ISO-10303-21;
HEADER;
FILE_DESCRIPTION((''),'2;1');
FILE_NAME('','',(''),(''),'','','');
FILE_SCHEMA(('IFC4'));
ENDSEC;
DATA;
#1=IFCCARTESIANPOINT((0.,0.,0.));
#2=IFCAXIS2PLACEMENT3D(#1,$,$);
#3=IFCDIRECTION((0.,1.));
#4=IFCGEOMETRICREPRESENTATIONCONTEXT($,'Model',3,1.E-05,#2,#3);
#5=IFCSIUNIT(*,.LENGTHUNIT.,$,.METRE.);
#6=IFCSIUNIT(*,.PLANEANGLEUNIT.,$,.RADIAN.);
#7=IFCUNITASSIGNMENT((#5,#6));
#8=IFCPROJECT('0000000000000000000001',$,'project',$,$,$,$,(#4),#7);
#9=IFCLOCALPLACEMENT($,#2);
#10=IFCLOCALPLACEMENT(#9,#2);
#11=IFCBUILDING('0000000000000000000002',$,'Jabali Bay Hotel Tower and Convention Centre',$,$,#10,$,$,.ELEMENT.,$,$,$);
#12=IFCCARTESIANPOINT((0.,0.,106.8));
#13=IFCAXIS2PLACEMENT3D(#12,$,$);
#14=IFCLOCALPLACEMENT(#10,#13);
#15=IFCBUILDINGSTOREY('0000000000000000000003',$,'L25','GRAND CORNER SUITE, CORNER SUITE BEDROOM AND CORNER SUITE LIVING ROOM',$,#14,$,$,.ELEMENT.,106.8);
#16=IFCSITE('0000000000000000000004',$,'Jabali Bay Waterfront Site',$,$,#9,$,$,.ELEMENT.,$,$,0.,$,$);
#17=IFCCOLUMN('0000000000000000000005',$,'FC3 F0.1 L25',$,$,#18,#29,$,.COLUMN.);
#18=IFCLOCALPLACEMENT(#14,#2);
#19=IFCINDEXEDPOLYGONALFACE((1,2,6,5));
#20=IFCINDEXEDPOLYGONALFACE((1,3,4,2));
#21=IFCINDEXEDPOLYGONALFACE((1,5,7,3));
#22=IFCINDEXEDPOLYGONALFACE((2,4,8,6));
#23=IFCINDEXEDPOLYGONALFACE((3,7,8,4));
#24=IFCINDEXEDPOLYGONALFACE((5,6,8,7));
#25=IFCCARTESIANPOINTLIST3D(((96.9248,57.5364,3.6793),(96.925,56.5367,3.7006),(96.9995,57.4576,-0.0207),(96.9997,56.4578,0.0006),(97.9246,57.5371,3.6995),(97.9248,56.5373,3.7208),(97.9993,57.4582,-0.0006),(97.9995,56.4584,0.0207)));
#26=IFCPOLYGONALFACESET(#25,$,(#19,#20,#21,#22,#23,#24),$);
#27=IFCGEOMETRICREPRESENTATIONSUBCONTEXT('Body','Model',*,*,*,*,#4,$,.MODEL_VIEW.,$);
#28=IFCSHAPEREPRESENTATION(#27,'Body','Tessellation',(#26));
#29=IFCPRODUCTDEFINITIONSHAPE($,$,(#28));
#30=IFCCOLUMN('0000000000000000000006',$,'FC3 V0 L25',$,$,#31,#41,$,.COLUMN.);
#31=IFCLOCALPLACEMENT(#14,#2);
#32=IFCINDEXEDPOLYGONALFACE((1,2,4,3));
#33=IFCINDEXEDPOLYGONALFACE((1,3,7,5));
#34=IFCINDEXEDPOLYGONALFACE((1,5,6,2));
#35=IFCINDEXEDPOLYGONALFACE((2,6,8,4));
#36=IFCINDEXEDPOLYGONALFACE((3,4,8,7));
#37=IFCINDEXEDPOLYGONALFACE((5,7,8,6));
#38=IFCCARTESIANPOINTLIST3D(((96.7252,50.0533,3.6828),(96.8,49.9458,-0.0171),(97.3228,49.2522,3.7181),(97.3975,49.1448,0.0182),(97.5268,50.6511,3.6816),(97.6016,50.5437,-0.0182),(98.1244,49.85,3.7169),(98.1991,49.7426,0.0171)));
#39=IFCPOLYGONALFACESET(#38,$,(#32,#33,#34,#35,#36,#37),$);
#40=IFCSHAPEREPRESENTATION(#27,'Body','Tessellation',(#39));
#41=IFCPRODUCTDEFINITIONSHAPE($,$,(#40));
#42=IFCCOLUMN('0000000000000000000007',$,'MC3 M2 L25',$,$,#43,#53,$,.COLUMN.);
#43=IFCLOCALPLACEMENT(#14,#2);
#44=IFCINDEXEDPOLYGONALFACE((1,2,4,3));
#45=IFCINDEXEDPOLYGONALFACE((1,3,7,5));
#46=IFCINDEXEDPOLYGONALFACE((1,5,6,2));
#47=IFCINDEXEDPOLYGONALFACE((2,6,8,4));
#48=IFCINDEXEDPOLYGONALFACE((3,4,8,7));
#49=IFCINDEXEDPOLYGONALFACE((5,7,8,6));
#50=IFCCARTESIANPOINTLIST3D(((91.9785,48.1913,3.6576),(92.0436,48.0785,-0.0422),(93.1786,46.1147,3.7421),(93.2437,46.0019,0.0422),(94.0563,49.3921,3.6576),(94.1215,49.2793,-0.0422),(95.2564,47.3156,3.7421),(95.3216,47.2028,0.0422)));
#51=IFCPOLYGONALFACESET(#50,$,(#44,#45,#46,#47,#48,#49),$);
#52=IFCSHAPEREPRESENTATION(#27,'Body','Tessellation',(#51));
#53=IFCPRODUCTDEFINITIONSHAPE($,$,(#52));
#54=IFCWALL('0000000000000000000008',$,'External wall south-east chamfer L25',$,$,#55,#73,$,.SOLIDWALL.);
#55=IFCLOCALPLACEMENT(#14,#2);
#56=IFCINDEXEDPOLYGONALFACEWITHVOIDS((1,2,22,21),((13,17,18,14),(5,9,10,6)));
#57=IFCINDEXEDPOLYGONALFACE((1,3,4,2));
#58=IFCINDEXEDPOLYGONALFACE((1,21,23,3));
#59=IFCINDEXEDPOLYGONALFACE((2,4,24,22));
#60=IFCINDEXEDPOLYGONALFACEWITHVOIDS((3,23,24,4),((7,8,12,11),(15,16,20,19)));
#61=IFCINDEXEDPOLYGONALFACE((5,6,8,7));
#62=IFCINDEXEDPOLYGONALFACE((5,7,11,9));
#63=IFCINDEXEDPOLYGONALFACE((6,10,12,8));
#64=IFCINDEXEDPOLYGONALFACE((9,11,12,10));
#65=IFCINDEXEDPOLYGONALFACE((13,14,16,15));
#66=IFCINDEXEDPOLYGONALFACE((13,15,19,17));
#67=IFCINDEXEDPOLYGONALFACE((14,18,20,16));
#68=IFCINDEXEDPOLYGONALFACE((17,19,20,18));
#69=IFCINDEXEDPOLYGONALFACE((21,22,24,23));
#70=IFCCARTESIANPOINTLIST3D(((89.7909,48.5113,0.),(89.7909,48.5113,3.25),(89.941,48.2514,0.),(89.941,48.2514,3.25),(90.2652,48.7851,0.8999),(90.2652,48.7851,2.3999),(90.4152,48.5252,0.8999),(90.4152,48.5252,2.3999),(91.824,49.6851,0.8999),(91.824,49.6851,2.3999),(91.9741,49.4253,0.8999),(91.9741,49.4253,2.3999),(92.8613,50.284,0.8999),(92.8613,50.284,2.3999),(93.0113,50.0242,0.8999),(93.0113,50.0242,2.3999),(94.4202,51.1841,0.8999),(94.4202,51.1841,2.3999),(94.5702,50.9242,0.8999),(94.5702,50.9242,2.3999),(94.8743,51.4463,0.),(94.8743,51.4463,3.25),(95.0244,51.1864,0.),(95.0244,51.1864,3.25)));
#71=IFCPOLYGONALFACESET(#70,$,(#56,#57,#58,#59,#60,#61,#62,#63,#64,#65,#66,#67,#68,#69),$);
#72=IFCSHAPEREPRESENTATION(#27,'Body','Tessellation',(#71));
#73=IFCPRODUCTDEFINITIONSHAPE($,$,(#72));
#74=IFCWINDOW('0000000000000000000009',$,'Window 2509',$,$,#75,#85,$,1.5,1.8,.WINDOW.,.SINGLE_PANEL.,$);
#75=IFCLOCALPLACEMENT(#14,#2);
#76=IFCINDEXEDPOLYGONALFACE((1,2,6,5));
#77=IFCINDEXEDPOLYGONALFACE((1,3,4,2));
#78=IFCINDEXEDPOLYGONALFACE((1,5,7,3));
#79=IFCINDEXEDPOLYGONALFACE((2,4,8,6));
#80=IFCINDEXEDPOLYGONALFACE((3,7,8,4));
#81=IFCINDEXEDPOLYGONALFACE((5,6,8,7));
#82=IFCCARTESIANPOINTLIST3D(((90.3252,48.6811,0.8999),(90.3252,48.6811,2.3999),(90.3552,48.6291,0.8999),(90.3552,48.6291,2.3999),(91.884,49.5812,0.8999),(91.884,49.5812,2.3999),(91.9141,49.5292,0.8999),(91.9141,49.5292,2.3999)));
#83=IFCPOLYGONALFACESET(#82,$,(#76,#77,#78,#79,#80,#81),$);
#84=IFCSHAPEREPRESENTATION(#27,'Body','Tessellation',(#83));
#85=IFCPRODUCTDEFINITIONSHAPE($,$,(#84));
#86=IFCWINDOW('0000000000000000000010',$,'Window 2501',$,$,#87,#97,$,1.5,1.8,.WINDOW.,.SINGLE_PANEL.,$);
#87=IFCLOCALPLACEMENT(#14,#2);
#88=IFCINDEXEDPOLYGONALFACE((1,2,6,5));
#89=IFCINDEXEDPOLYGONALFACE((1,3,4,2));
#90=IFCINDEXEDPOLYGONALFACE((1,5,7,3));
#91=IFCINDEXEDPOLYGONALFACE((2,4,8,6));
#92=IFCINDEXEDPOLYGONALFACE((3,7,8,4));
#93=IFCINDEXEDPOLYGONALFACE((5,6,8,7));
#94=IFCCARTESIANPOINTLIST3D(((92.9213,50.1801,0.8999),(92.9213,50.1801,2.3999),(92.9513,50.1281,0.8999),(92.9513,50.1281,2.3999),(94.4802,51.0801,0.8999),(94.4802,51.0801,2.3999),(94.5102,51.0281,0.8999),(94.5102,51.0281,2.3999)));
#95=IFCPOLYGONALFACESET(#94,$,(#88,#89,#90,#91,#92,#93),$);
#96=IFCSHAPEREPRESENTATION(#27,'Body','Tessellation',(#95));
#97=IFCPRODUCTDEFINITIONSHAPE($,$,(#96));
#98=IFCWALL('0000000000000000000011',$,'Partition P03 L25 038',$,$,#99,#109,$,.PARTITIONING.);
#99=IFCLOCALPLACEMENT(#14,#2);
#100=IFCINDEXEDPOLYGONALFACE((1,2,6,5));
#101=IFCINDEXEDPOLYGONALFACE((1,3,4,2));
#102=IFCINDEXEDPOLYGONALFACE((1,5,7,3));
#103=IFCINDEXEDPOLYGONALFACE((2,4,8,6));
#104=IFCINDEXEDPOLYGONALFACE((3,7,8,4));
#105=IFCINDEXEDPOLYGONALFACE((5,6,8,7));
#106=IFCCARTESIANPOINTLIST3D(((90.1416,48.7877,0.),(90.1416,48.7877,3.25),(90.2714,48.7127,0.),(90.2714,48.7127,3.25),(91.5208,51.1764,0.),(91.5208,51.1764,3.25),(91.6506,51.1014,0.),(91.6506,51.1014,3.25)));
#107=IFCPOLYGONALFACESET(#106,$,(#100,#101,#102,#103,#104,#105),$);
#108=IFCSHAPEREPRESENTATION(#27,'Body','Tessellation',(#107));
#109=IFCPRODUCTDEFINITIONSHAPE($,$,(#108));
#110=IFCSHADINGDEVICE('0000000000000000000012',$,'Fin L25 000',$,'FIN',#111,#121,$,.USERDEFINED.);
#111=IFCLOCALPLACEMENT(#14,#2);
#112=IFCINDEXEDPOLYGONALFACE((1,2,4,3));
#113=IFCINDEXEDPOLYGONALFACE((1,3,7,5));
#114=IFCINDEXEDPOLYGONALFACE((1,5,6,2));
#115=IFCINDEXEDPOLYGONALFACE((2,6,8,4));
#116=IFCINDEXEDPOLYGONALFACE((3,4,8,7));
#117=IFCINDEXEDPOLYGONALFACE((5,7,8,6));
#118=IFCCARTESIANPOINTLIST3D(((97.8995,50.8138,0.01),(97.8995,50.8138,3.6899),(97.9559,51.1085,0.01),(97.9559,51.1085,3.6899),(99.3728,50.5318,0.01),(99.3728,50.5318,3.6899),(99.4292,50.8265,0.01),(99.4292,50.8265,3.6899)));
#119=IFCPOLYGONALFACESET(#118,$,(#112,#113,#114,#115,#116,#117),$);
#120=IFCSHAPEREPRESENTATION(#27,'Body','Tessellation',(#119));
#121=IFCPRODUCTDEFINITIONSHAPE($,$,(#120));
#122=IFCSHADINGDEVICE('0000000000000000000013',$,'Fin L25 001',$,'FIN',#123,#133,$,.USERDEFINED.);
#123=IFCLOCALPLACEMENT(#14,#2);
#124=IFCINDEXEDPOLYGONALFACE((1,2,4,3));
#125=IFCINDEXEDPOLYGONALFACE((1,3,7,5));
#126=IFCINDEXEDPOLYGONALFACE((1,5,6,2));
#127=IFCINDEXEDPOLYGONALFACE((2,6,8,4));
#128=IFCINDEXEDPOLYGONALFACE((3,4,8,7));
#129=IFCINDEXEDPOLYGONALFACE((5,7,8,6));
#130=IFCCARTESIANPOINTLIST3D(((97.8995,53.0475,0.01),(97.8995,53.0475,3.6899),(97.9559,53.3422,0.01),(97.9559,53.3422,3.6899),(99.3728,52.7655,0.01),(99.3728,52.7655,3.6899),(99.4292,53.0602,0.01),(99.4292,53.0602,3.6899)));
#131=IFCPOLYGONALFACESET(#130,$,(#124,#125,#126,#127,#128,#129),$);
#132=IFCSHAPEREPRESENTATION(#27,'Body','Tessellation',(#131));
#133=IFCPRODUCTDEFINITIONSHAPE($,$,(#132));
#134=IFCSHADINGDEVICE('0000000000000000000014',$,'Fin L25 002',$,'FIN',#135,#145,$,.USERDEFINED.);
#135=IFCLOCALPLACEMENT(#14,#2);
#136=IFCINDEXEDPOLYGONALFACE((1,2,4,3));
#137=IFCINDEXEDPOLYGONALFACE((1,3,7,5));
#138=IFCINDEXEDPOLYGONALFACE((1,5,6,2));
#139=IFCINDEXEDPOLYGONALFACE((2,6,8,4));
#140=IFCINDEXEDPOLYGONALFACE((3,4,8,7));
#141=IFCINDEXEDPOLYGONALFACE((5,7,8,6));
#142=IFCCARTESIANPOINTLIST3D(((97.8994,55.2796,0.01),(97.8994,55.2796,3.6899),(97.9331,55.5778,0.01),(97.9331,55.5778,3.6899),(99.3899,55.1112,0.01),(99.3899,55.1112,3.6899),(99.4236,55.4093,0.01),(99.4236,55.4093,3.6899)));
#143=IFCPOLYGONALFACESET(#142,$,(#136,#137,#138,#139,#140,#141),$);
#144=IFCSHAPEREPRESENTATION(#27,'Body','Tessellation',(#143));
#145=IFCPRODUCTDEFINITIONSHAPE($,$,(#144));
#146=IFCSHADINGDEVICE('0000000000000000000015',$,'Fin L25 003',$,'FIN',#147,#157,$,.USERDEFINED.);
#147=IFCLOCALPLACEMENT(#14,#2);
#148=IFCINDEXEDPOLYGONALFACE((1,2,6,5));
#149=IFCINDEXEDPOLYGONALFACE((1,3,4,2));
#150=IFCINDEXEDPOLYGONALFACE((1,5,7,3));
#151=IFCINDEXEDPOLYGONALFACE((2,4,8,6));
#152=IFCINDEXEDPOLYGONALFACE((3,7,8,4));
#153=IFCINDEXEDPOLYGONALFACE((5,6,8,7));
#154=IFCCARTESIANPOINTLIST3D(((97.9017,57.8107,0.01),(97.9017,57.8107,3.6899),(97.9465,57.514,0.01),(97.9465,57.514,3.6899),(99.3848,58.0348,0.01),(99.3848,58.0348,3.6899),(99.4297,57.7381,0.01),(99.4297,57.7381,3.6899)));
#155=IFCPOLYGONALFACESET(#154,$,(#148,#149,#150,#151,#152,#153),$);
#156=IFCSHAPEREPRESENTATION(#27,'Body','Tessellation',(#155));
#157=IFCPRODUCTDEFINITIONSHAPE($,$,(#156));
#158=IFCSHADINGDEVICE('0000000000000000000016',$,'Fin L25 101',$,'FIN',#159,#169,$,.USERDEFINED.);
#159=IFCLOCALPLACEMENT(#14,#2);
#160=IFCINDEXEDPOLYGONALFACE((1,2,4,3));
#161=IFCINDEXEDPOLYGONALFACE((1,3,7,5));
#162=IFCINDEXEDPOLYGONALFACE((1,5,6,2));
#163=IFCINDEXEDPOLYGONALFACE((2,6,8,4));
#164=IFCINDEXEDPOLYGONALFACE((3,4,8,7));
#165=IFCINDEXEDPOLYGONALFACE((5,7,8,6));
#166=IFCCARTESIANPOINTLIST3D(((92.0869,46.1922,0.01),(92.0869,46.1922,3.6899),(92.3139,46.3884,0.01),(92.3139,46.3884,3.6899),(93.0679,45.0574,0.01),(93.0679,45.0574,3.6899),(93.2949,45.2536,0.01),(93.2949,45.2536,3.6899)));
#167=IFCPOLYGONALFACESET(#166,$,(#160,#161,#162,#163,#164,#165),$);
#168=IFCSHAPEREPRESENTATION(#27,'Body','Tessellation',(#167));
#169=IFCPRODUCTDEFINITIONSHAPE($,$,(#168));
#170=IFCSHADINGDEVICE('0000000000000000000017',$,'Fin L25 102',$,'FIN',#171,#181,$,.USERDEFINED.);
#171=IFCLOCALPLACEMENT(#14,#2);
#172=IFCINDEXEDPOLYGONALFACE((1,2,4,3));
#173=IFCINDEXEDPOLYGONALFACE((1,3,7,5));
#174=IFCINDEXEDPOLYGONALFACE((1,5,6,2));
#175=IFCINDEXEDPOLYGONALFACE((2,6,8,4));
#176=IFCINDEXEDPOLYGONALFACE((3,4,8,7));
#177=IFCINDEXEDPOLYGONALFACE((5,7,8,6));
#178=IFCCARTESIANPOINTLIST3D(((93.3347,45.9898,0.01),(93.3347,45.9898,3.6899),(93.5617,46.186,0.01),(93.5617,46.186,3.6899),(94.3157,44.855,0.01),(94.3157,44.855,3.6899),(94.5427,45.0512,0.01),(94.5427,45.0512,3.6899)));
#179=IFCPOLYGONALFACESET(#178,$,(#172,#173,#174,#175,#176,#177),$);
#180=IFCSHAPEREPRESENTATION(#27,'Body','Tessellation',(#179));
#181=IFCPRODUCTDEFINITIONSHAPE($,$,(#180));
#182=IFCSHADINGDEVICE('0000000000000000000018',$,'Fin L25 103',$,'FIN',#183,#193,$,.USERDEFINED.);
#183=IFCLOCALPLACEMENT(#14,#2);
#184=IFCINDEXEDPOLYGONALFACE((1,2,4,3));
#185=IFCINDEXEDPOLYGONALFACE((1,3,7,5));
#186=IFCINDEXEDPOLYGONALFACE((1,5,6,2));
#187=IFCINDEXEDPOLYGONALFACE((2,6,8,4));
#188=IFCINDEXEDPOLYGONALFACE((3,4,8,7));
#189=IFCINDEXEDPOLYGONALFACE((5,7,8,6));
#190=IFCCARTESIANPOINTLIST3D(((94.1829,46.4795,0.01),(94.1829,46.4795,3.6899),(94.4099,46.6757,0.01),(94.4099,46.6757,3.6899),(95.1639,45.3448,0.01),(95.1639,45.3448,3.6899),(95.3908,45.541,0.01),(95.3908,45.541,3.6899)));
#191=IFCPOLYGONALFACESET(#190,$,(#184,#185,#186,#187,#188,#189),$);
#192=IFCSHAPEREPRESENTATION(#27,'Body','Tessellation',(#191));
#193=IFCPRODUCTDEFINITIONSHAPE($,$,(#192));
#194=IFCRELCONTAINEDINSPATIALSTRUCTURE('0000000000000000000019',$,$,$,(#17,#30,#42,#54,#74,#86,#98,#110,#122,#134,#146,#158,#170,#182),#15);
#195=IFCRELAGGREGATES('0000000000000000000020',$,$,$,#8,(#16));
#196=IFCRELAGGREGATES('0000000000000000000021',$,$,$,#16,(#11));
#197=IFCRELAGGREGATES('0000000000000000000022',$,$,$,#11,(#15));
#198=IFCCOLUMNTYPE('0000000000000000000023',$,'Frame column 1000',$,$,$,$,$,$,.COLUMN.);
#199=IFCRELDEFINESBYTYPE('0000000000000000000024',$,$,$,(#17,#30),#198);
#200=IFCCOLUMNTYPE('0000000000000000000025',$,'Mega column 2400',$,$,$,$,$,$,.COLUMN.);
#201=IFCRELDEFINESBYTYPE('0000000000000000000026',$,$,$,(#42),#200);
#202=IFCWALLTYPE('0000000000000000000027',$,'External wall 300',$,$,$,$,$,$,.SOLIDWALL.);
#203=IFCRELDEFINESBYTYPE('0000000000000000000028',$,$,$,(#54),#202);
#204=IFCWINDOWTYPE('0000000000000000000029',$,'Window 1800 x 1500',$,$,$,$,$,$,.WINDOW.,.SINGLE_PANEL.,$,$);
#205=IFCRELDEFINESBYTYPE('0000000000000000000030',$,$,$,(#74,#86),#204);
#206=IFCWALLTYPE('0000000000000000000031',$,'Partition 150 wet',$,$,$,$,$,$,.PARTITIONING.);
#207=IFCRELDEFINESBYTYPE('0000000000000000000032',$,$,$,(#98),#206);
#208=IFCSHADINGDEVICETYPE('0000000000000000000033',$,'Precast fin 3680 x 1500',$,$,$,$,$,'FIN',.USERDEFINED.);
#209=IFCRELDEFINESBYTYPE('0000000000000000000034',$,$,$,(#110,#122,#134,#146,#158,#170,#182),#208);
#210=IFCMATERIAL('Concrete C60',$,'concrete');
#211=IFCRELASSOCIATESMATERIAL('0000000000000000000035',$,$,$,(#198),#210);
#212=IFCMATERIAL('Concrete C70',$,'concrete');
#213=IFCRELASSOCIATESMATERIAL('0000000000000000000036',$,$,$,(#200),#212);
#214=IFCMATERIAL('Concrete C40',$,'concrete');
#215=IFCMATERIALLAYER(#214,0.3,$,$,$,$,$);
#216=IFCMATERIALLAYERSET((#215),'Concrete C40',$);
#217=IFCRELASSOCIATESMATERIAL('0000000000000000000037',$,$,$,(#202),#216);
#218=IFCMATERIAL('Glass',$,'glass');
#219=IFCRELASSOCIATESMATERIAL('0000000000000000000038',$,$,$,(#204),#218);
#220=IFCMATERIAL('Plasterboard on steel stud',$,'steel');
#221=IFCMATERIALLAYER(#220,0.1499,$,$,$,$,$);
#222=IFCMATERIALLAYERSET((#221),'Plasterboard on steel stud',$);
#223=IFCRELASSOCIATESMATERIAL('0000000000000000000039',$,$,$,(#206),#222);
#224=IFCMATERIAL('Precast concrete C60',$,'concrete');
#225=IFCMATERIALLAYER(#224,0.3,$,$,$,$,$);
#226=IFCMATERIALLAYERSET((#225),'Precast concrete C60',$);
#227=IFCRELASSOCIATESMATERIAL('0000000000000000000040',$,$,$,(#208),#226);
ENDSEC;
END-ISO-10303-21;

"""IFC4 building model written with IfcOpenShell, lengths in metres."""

from ifc_helpers import new_model, si_unit, direction, frame, frame_2d, origin, origin_2d, place, context, subcontext, project, spatial, rectangle, extrude, material, layer, layer_set, material_profile, profile_set, type_object, element, fill, save


model = new_model("IFC4")

# Units and contexts
model_context = context("Model", 3, precision=1e-05, world=origin(), true_north=direction((0.0, 1.0)))
body_context = subcontext(model_context, "Body", "Model", "MODEL_VIEW")
ifc_project = project(units=[si_unit("LENGTHUNIT", "METRE"), si_unit("PLANEANGLEUNIT", "RADIAN")], contexts=[model_context])

# Site, building, storey
site_placement = place(None, origin())
site = spatial("IfcSite", under=ifc_project, at=site_placement, Name="Jabali Bay Waterfront Site", CompositionType="ELEMENT", RefElevation=0.0)
building_placement = place(site_placement, origin())
building = spatial("IfcBuilding", under=site, at=building_placement, Name="Jabali Bay Hotel Tower and Convention Centre", CompositionType="ELEMENT")
storey_placement = place(building_placement, frame((0.0, 0.0, 106.8)))
storey = spatial("IfcBuildingStorey", under=building, at=storey_placement, Name="L25", Description="GRAND CORNER SUITE, CORNER SUITE BEDROOM AND CORNER SUITE LIVING ROOM", CompositionType="ELEMENT", Elevation=106.8)

# Columns
ifc_material_1 = material(Name="Concrete C60", Category="concrete")
ifc_material_profile_1 = material_profile(ifc_material_1, rectangle(XDim=1.0, YDim=1.0, at=origin_2d()), Name="Frame column 1000")
ifc_profile_set_1 = profile_set([ifc_material_profile_1], Name="Concrete C60")
column_type_1 = type_object("IfcColumnType", Name="Frame column 1000", PredefinedType="COLUMN", material=ifc_profile_set_1)
column_1_placement = place(storey_placement, frame((97.4995, 56.958, 0.0), z_axis=(-0.020183, 0.021304, 0.999569), x_axis=(0.000222, -0.999773, 0.021313)))
element("IfcColumn", 1, at=column_1_placement, inside=storey, type_object=column_type_1, Name="FC3 F0.1 L25", PredefinedType="COLUMN", context=body_context, shape_type="SweptSolid", body=[
    extrude(rectangle(XDim=1.0, YDim=1.0, at=origin_2d()), origin(), (0.0, 0.0, 1.0), 3.7017),
])
column_2_placement = place(storey_placement, frame((97.4995, 49.8442, 0.0), z_axis=(-0.020179, 0.029015, 0.999375), x_axis=(-0.801601, -0.597858, 0.001172)))
element("IfcColumn", 2, at=column_2_placement, inside=storey, type_object=column_type_1, Name="FC3 V0 L25", PredefinedType="COLUMN", context=body_context, shape_type="SweptSolid", body=[
    extrude(rectangle(XDim=1.0, YDim=1.0, at=origin_2d()), origin(), (0.0, 0.0, 1.0), 3.7021),
])
ifc_material_2 = material(Name="Concrete C70", Category="concrete")
ifc_material_profile_2 = material_profile(ifc_material_2, rectangle(XDim=2.3999, YDim=2.3999, at=origin_2d()), Name="Mega column 2400")
ifc_profile_set_2 = profile_set([ifc_material_profile_2], Name="Concrete C70")
column_type_2 = type_object("IfcColumnType", Name="Mega column 2400", PredefinedType="COLUMN", material=ifc_profile_set_2)
column_3_placement = place(storey_placement, frame((93.6826, 47.6406, 0.0), z_axis=(-0.017607, 0.030466, 0.999381), x_axis=(-0.865808, -0.500377, 0.0)))
element("IfcColumn", 3, at=column_3_placement, inside=storey, type_object=column_type_2, Name="MC3 M2 L25", PredefinedType="COLUMN", context=body_context, shape_type="SweptSolid", body=[
    extrude(rectangle(XDim=2.3999, YDim=2.3999, at=origin_2d()), origin(), (0.0, 0.0, 1.0), 3.7021),
])

# Wall, openings, windows
ifc_material_3 = material(Name="Concrete C40", Category="concrete")
ifc_layer_1 = layer(ifc_material_3, 0.3)
ifc_layer_set_1 = layer_set([ifc_layer_1], Name="Concrete C40")
wall_type_1 = type_object("IfcWallType", Name="External wall 300", PredefinedType="SOLIDWALL", material=ifc_layer_set_1)
wall_1_placement = place(storey_placement, frame((94.9495, 51.3164, 0.0), z_axis=(0.0, 0.0, 1.0), x_axis=(-0.866018, -0.500013, 0.0)))
wall_1 = element("IfcWall", 4, at=wall_1_placement, inside=storey, type_object=wall_type_1, Name="External wall south-east chamfer L25", PredefinedType="SOLIDWALL", context=body_context, shape_type="SweptSolid", body=[
    extrude(rectangle(XDim=5.8699, YDim=0.3, at=frame_2d((2.9351, 0.0))), origin(), (0.0, 0.0, 1.0), 3.25),
])
opening_1_placement = place(wall_1_placement, frame((3.5225, 0.0, 0.8999)))
opening_1 = element("IfcOpeningElement", 5, at=opening_1_placement, cuts=wall_1, PredefinedType="OPENING", context=body_context, shape_type="SweptSolid", body=[
    extrude(rectangle(XDim=1.8, YDim=1.5, at=frame_2d((0.8999, 0.75))), frame((0.0, 0.1606, 0.0), z_axis=(0.0, -1.0, 0.0), x_axis=(1.0, 0.0, 0.0)), (0.0, 0.0, 1.0), 0.321),
])
opening_2_placement = place(wall_1_placement, frame((0.5247, 0.0, 0.8999)))
opening_2 = element("IfcOpeningElement", 6, at=opening_2_placement, cuts=wall_1, PredefinedType="OPENING", context=body_context, shape_type="SweptSolid", body=[
    extrude(rectangle(XDim=1.8, YDim=1.5, at=frame_2d((0.8999, 0.75))), frame((0.0, 0.1606, 0.0), z_axis=(0.0, -1.0, 0.0), x_axis=(1.0, 0.0, 0.0)), (0.0, 0.0, 1.0), 0.321),
])
ifc_material_4 = material(Name="Glass", Category="glass")
window_type = type_object("IfcWindowType", Name="Window 1800 x 1500", PartitioningType="SINGLE_PANEL", PredefinedType="WINDOW", material=ifc_material_4)
window_1_placement = place(opening_1_placement, origin())
window_1 = element("IfcWindow", 7, at=window_1_placement, inside=storey, type_object=window_type, Name="Window 2509", OverallHeight=1.5, OverallWidth=1.8, PartitioningType="SINGLE_PANEL", PredefinedType="WINDOW", context=body_context, shape_type="SweptSolid", body=[
    extrude(rectangle(XDim=1.8, YDim=1.5, at=frame_2d((0.8999, 0.75))), frame((0.0, 0.03, 0.0), z_axis=(0.0, -1.0, 0.0), x_axis=(1.0, 0.0, 0.0)), (0.0, 0.0, 1.0), 0.0601),
])
fill(opening_1, window_1)
window_2_placement = place(opening_2_placement, origin())
window_2 = element("IfcWindow", 8, at=window_2_placement, inside=storey, type_object=window_type, Name="Window 2501", OverallHeight=1.5, OverallWidth=1.8, PartitioningType="SINGLE_PANEL", PredefinedType="WINDOW", context=body_context, shape_type="SweptSolid", body=[
    extrude(rectangle(XDim=1.8, YDim=1.5, at=frame_2d((0.8999, 0.75))), frame((0.0, 0.03, 0.0), z_axis=(0.0, -1.0, 0.0), x_axis=(1.0, 0.0, 0.0)), (0.0, 0.0, 1.0), 0.0601),
])
fill(opening_2, window_2)

# Wall
ifc_material_5 = material(Name="Plasterboard on steel stud", Category="steel")
ifc_layer_2 = layer(ifc_material_5, 0.1499)
ifc_layer_set_2 = layer_set([ifc_layer_2], Name="Plasterboard on steel stud")
wall_type_2 = type_object("IfcWallType", Name="Partition 150 wet", PredefinedType="PARTITIONING", material=ifc_layer_set_2)
wall_2_placement = place(storey_placement, frame((91.5857, 51.1389, 0.0), z_axis=(0.0, 0.0, 1.0), x_axis=(-0.500014, -0.866018, 0.0)))
element("IfcWall", 9, at=wall_2_placement, inside=storey, type_object=wall_type_2, Name="Partition P03 L25 038", PredefinedType="PARTITIONING", context=body_context, shape_type="SweptSolid", body=[
    extrude(rectangle(XDim=2.7583, YDim=0.1499, at=frame_2d((1.3792, 0.0))), origin(), (0.0, 0.0, 1.0), 3.25),
])

# Shading devices
ifc_material_6 = material(Name="Precast concrete C60", Category="concrete")
ifc_layer_3 = layer(ifc_material_6, 0.3)
ifc_layer_set_3 = layer_set([ifc_layer_3], Name="Precast concrete C60")
shading_device_type = type_object("IfcShadingDeviceType", Name="Precast fin 3680 x 1500", ElementType="FIN", PredefinedType="USERDEFINED", material=ifc_layer_set_3)
for number, where, z_axis, x_axis, name in (
    (10, (97.9277, 50.9612, 0.01), (0.0, 0.0, 1.0), (0.982169, -0.188002, 0.0), "Fin L25 000"),
    (11, (97.9277, 53.1948, 0.01), (0.0, 0.0, 1.0), (0.982169, -0.188002, 0.0), "Fin L25 001"),
    (12, (97.9163, 55.4287, 0.01), (0.0, 0.0, 1.0), (0.993674, -0.112307, 0.0), "Fin L25 002"),
    (13, (97.9241, 57.6624, 0.01), (0.0, 0.0, 1.0), (0.988775, 0.149415, 0.0), "Fin L25 003"),
    (14, (92.2004, 46.2903, 0.01), (0.0, 0.0, 1.0), (0.653976, -0.756516, 0.0), "Fin L25 101"),
    (15, (93.4482, 46.0879, 0.01), (0.0, 0.0, 1.0), (0.653976, -0.756516, 0.0), "Fin L25 102"),
    (16, (94.2964, 46.5776, 0.01), (0.0, 0.0, 1.0), (0.653976, -0.756516, 0.0), "Fin L25 103"),
):
    element("IfcShadingDevice", number, at=place(storey_placement, frame(where, z_axis=z_axis, x_axis=x_axis)), inside=storey, type_object=shading_device_type, Name=name, ObjectType="FIN", PredefinedType="USERDEFINED", context=body_context, shape_type="SweptSolid", body=[
        extrude(rectangle(XDim=1.5, YDim=0.3, at=frame_2d((0.75, 0.0))), origin(), (0.0, 0.0, 1.0), 3.6799),
    ])

save(model, "model.ifc")
